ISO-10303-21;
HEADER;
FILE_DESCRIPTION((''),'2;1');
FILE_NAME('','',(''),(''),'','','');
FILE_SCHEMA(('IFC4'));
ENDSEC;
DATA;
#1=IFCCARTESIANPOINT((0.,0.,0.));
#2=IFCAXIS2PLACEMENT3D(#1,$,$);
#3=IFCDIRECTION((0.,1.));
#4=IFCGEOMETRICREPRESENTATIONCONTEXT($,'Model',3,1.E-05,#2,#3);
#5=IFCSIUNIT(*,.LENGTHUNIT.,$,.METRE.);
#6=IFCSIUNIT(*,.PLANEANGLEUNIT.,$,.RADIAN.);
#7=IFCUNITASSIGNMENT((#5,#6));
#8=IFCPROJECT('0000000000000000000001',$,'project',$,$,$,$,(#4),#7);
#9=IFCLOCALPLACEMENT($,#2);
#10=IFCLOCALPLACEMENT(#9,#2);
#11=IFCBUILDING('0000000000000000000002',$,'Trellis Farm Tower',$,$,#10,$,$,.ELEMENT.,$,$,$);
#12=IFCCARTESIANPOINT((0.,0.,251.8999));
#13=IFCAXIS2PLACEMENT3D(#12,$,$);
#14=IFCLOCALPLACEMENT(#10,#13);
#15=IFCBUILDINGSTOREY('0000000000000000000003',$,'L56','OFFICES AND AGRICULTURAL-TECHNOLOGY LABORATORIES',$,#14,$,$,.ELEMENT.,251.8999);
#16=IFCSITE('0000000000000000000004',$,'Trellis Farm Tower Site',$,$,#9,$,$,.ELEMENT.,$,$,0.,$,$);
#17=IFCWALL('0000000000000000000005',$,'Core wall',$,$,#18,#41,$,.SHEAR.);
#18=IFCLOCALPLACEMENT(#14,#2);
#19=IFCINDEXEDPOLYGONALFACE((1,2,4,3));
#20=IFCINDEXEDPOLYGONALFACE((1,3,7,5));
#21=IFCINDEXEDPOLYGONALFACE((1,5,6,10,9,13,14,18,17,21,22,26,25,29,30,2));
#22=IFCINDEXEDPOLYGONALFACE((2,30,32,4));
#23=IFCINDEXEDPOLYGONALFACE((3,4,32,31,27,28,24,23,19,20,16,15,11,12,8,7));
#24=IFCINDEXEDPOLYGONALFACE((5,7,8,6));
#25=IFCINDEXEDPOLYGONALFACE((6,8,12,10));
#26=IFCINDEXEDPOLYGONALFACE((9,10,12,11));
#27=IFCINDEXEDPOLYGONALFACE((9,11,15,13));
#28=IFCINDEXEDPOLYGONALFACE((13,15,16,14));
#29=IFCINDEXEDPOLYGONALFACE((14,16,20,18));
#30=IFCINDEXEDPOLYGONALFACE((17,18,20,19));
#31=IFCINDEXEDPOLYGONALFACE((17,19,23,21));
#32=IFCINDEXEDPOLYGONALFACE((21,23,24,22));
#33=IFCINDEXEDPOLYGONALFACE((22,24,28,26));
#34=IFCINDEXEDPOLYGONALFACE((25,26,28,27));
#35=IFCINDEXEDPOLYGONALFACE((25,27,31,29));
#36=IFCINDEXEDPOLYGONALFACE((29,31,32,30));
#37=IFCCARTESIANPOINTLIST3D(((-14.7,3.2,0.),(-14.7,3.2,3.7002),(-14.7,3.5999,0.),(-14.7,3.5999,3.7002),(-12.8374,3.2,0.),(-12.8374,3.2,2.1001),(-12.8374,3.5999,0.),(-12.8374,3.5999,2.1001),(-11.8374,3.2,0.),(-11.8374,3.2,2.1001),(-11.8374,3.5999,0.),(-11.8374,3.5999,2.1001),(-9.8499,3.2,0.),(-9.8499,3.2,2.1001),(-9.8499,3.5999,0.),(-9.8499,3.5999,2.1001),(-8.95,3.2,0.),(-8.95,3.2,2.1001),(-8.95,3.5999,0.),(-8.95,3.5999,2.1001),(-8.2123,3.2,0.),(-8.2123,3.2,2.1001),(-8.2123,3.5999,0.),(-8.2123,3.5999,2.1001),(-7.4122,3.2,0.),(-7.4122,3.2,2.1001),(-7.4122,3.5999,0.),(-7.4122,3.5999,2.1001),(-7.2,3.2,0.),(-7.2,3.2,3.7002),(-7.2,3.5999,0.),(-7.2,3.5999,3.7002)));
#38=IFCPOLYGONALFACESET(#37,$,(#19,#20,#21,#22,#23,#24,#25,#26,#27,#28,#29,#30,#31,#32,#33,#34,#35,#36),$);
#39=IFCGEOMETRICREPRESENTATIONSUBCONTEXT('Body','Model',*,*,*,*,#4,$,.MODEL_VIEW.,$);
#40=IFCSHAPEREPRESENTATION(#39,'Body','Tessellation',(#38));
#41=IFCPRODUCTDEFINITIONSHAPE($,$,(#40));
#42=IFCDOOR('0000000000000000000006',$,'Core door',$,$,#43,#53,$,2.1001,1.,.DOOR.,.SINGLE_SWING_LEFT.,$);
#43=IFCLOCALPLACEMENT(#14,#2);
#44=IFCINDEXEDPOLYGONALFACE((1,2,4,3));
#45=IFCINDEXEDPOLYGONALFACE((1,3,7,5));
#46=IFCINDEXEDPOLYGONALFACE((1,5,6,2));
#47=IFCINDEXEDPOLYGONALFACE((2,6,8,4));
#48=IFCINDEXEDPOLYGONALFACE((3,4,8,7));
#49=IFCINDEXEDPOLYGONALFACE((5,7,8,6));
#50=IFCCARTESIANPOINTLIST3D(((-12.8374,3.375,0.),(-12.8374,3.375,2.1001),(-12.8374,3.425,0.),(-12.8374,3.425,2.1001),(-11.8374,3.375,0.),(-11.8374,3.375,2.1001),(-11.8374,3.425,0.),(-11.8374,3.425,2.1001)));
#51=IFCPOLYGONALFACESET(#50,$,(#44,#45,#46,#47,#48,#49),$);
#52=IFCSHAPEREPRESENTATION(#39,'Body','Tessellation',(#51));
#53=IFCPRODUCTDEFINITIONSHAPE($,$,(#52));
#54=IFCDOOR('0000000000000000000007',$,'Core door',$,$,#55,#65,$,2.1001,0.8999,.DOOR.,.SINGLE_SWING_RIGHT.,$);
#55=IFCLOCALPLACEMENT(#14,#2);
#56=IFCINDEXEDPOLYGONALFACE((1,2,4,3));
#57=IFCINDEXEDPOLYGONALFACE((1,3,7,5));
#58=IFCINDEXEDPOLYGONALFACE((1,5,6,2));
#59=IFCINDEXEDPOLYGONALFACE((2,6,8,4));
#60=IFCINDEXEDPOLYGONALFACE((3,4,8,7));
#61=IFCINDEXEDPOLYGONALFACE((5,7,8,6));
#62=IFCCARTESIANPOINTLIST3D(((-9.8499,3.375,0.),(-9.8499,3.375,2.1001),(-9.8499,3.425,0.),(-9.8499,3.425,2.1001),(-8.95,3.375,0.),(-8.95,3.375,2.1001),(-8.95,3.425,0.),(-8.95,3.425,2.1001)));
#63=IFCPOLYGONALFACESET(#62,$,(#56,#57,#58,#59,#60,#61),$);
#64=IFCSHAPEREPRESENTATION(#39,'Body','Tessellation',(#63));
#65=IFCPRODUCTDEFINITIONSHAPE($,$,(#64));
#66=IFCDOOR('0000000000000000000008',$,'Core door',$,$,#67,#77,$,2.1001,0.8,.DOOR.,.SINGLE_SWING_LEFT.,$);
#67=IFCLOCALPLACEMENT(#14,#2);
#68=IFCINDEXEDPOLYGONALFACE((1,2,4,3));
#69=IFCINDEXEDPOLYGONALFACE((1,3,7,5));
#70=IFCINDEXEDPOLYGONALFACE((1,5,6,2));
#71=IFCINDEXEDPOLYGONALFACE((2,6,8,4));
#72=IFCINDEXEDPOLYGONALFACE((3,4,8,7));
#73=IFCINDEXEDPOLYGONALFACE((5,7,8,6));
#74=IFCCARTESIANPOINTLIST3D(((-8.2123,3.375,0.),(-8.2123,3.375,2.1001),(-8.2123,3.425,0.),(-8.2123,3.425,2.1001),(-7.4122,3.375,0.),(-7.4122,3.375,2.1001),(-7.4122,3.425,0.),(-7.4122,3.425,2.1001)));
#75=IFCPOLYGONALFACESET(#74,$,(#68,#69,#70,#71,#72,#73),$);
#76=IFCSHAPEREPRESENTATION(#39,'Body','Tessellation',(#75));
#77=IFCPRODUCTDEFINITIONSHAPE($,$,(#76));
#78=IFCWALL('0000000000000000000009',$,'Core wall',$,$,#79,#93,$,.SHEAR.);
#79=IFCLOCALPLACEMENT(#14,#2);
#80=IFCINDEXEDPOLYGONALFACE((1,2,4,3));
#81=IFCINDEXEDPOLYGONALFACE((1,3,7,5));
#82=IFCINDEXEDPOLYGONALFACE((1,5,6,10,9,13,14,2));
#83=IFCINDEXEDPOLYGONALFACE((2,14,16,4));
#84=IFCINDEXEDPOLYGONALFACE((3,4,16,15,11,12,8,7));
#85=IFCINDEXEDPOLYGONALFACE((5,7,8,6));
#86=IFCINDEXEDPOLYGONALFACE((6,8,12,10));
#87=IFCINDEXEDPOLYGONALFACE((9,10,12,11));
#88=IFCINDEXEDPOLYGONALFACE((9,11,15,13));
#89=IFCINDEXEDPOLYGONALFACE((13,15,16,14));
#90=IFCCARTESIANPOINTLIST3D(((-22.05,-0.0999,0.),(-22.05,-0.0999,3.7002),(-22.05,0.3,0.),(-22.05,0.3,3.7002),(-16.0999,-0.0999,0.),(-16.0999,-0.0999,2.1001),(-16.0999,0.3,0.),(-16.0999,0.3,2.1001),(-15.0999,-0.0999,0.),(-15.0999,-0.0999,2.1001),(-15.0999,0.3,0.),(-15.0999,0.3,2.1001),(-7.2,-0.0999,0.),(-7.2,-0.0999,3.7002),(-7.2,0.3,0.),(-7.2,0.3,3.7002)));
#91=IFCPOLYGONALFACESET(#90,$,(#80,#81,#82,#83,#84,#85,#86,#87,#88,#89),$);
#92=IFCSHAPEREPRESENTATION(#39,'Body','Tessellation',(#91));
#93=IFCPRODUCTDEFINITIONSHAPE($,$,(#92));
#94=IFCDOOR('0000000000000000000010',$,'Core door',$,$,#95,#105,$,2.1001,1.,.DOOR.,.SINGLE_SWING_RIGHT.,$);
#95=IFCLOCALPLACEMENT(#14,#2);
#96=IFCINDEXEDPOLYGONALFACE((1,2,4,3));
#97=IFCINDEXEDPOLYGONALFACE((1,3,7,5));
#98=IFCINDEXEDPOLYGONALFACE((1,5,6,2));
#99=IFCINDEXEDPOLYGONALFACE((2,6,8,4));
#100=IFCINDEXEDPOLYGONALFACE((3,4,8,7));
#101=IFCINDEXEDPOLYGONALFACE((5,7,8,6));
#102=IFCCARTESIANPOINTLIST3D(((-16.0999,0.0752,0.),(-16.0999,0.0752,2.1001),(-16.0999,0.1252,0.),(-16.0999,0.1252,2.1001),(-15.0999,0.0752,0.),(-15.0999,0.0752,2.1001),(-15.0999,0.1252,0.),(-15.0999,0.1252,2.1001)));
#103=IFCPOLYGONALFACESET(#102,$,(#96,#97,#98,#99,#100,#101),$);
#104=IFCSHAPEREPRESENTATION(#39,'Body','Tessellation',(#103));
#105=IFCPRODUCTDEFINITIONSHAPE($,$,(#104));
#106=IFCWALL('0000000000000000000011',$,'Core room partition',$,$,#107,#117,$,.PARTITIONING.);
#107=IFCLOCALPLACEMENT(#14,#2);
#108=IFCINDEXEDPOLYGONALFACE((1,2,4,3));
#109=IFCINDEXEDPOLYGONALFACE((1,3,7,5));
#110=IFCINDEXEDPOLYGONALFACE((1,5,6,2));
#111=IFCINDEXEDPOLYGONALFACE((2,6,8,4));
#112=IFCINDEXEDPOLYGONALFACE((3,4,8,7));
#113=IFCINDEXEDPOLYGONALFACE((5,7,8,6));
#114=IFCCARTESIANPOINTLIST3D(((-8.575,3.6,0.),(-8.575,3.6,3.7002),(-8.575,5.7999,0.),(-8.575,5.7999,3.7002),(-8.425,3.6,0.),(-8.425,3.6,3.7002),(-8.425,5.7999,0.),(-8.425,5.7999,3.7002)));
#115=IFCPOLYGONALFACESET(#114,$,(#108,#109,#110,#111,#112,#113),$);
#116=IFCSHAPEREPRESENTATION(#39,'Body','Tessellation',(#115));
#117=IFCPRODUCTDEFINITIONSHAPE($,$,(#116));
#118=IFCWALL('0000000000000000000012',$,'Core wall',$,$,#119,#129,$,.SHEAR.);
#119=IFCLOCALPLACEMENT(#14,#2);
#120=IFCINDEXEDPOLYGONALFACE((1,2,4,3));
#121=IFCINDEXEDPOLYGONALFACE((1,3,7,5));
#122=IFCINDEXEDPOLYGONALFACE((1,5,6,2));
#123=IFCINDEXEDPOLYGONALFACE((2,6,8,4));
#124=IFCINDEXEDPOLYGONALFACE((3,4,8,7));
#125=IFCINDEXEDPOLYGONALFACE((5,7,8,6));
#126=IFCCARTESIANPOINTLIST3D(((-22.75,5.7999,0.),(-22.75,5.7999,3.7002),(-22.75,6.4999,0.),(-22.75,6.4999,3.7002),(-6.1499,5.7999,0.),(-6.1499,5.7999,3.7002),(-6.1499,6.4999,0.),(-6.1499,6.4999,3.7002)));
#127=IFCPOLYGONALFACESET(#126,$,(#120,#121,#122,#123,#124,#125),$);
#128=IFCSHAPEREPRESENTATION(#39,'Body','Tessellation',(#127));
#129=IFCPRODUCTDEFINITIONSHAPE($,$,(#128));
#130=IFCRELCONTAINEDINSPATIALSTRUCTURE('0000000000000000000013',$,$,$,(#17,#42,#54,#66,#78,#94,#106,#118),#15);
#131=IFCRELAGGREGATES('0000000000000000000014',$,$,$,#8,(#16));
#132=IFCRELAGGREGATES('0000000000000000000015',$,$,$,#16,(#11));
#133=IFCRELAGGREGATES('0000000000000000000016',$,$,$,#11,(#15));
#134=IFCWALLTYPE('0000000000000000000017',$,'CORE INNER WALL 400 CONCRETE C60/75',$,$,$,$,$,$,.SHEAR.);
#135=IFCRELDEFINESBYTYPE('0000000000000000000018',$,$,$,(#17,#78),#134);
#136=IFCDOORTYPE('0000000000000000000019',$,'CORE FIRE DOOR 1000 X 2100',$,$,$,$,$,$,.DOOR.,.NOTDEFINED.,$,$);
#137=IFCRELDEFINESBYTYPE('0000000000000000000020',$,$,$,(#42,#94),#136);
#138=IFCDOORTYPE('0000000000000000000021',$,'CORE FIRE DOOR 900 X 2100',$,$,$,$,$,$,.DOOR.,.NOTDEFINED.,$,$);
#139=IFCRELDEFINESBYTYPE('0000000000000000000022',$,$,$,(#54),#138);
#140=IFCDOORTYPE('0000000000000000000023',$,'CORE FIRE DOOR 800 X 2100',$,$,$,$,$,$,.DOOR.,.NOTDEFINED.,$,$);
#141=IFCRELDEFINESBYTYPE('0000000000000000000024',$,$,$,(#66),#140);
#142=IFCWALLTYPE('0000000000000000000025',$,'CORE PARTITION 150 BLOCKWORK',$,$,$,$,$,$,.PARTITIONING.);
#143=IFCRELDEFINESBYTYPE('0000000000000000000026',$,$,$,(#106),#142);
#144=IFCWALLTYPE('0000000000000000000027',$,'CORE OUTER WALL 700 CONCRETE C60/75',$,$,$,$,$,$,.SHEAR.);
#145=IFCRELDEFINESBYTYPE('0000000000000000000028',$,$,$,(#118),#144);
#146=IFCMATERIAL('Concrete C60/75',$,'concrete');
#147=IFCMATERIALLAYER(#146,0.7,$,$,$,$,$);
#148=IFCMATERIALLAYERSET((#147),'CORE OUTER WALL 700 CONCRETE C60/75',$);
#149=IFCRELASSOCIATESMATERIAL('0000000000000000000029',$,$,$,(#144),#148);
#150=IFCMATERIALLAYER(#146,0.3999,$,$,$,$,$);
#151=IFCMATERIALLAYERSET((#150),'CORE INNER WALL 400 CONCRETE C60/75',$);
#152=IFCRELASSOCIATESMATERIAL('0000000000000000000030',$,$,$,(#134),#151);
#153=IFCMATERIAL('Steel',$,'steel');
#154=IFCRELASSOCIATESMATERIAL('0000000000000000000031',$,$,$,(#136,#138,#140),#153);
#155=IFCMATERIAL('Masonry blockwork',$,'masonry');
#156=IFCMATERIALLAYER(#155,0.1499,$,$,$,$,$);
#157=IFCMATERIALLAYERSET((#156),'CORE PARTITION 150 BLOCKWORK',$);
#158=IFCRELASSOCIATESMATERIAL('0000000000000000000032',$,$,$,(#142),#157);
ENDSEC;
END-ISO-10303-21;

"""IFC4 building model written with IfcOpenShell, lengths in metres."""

from ifc_helpers import new_model, si_unit, direction, frame, frame_2d, origin, place, context, subcontext, project, spatial, rectangle, extrude, source, transform, mapped, material, layer, layer_set, type_object, element, fill, save


model = new_model("IFC4")

# Units and contexts
model_context = context("Model", 3, precision=1e-05, world=origin(), true_north=direction((0.0, 1.0)))
body_context = subcontext(model_context, "Body", "Model", "MODEL_VIEW")
ifc_project = project(units=[si_unit("LENGTHUNIT", "METRE"), si_unit("PLANEANGLEUNIT", "RADIAN")], contexts=[model_context])

# Site, building, storey
site_placement = place(None, origin())
site = spatial("IfcSite", under=ifc_project, at=site_placement, Name="Trellis Farm Tower Site", CompositionType="ELEMENT", RefElevation=0.0)
building_placement = place(site_placement, origin())
building = spatial("IfcBuilding", under=site, at=building_placement, Name="Trellis Farm Tower", CompositionType="ELEMENT")
storey_placement = place(building_placement, frame((0.0, 0.0, 251.8999)))
storey = spatial("IfcBuildingStorey", under=building, at=storey_placement, Name="L56", Description="OFFICES AND AGRICULTURAL-TECHNOLOGY LABORATORIES", CompositionType="ELEMENT", Elevation=251.8999)

# Shared definitions
ifc_material_1 = material(Name="Concrete C60/75", Category="concrete")

# Shared definitions
ifc_layer_1 = layer(ifc_material_1, 0.7)
ifc_layer_set_1 = layer_set([ifc_layer_1], Name="CORE OUTER WALL 700 CONCRETE C60/75")
wall_type_1 = type_object("IfcWallType", Name="CORE OUTER WALL 700 CONCRETE C60/75", PredefinedType="SHEAR", material=ifc_layer_set_1)
ifc_material_2 = material(Name="Steel", Category="steel")

# Wall, openings, doors
ifc_layer_2 = layer(ifc_material_1, 0.3999)
ifc_layer_set_2 = layer_set([ifc_layer_2], Name="CORE INNER WALL 400 CONCRETE C60/75")
wall_type_2 = type_object("IfcWallType", Name="CORE INNER WALL 400 CONCRETE C60/75", PredefinedType="SHEAR", material=ifc_layer_set_2)
shared_shape_1 = source(origin(), body_context, "Body", "SweptSolid", [
    extrude(rectangle(XDim=7.5, YDim=0.3999, at=frame_2d((3.75, 0.0))), origin(), (0.0, 0.0, 1.0), 3.7002),
])
wall_1_placement = place(storey_placement, frame((-7.2, 3.3999, 0.0), z_axis=(0.0, 0.0, 1.0), x_axis=(-1.0, 0.0, 0.0)))
wall_1 = element("IfcWall", 1, at=wall_1_placement, inside=storey, type_object=wall_type_2, Name="Core wall", PredefinedType="SHEAR", context=body_context, shape_type="MappedRepresentation", body=[
    mapped(shared_shape_1, transform((0.0, 0.0, 0.0))),
])
shared_shape_2 = source(origin(), body_context, "Body", "SweptSolid", [
    extrude(rectangle(XDim=0.8, YDim=2.1001, at=frame_2d((0.3999, 1.05))), frame((0.0, 0.21, 0.0), z_axis=(0.0, -1.0, 0.0), x_axis=(1.0, 0.0, 0.0)), (0.0, 0.0, 1.0), 0.4199),
])
opening_1_placement = place(wall_1_placement, frame((0.2124, 0.0, 0.0)))
opening_1 = element("IfcOpeningElement", 2, at=opening_1_placement, cuts=wall_1, PredefinedType="OPENING", context=body_context, shape_type="MappedRepresentation", body=[
    mapped(shared_shape_2, transform((0.0, 0.0, 0.0))),
])
shared_shape_3 = source(origin(), body_context, "Body", "SweptSolid", [
    extrude(rectangle(XDim=0.8999, YDim=2.1001, at=frame_2d((0.45, 1.05))), frame((0.0, 0.21, 0.0), z_axis=(0.0, -1.0, 0.0), x_axis=(1.0, 0.0, 0.0)), (0.0, 0.0, 1.0), 0.4199),
])
opening_2_placement = place(wall_1_placement, frame((1.75, 0.0, 0.0)))
opening_2 = element("IfcOpeningElement", 3, at=opening_2_placement, cuts=wall_1, PredefinedType="OPENING", context=body_context, shape_type="MappedRepresentation", body=[
    mapped(shared_shape_3, transform((0.0, 0.0, 0.0))),
])
shared_shape_4 = source(origin(), body_context, "Body", "SweptSolid", [
    extrude(rectangle(XDim=1.0, YDim=2.1001, at=frame_2d((0.5, 1.05))), frame((0.0, 0.21, 0.0), z_axis=(0.0, -1.0, 0.0), x_axis=(1.0, 0.0, 0.0)), (0.0, 0.0, 1.0), 0.4199),
])
opening_3_placement = place(wall_1_placement, frame((4.6375, 0.0, 0.0)))
opening_3 = element("IfcOpeningElement", 4, at=opening_3_placement, cuts=wall_1, PredefinedType="OPENING", context=body_context, shape_type="MappedRepresentation", body=[
    mapped(shared_shape_4, transform((0.0, 0.0, 0.0))),
])
door_type_1 = type_object("IfcDoorType", Name="CORE FIRE DOOR 1000 X 2100", OperationType="NOTDEFINED", PredefinedType="DOOR", material=ifc_material_2)
shared_shape_5 = source(origin(), body_context, "Body", "SweptSolid", [
    extrude(rectangle(XDim=1.0, YDim=2.1001, at=frame_2d((0.5, 1.05))), frame((0.0, 0.0249, 0.0), z_axis=(0.0, -1.0, 0.0), x_axis=(1.0, 0.0, 0.0)), (0.0, 0.0, 1.0), 0.05),
])
door_1_placement = place(opening_3_placement, origin())
door_1 = element("IfcDoor", 5, at=door_1_placement, inside=storey, type_object=door_type_1, Name="Core door", OperationType="SINGLE_SWING_LEFT", OverallHeight=2.1001, OverallWidth=1.0, PredefinedType="DOOR", context=body_context, shape_type="MappedRepresentation", body=[
    mapped(shared_shape_5, transform((0.0, 0.0, 0.0))),
])
fill(opening_3, door_1)
door_type_2 = type_object("IfcDoorType", Name="CORE FIRE DOOR 900 X 2100", OperationType="NOTDEFINED", PredefinedType="DOOR", material=ifc_material_2)
shared_shape_6 = source(origin(), body_context, "Body", "SweptSolid", [
    extrude(rectangle(XDim=0.8999, YDim=2.1001, at=frame_2d((0.45, 1.05))), frame((0.0, 0.0249, 0.0), z_axis=(0.0, -1.0, 0.0), x_axis=(1.0, 0.0, 0.0)), (0.0, 0.0, 1.0), 0.05),
])
door_2_placement = place(opening_2_placement, origin())
door_2 = element("IfcDoor", 6, at=door_2_placement, inside=storey, type_object=door_type_2, Name="Core door", OperationType="SINGLE_SWING_RIGHT", OverallHeight=2.1001, OverallWidth=0.8999, PredefinedType="DOOR", context=body_context, shape_type="MappedRepresentation", body=[
    mapped(shared_shape_6, transform((0.0, 0.0, 0.0))),
])
fill(opening_2, door_2)
door_type_3 = type_object("IfcDoorType", Name="CORE FIRE DOOR 800 X 2100", OperationType="NOTDEFINED", PredefinedType="DOOR", material=ifc_material_2)
shared_shape_7 = source(origin(), body_context, "Body", "SweptSolid", [
    extrude(rectangle(XDim=0.8, YDim=2.1001, at=frame_2d((0.3999, 1.05))), frame((0.0, 0.0249, 0.0), z_axis=(0.0, -1.0, 0.0), x_axis=(1.0, 0.0, 0.0)), (0.0, 0.0, 1.0), 0.05),
])
door_3_placement = place(opening_1_placement, origin())
door_3 = element("IfcDoor", 7, at=door_3_placement, inside=storey, type_object=door_type_3, Name="Core door", OperationType="SINGLE_SWING_LEFT", OverallHeight=2.1001, OverallWidth=0.8, PredefinedType="DOOR", context=body_context, shape_type="MappedRepresentation", body=[
    mapped(shared_shape_7, transform((0.0, 0.0, 0.0))),
])
fill(opening_1, door_3)

# Wall, opening, door
shared_shape_8 = source(origin(), body_context, "Body", "SweptSolid", [
    extrude(rectangle(XDim=14.8501, YDim=0.3999, at=frame_2d((7.425, 0.0))), origin(), (0.0, 0.0, 1.0), 3.7002),
])
wall_2_placement = place(storey_placement, frame((-7.2, 0.1001, 0.0), z_axis=(0.0, 0.0, 1.0), x_axis=(-1.0, 0.0, 0.0)))
wall_2 = element("IfcWall", 8, at=wall_2_placement, inside=storey, type_object=wall_type_2, Name="Core wall", PredefinedType="SHEAR", context=body_context, shape_type="MappedRepresentation", body=[
    mapped(shared_shape_8, transform((0.0, 0.0, 0.0))),
])
opening_4_placement = place(wall_2_placement, frame((7.8999, 0.0, 0.0)))
opening_4 = element("IfcOpeningElement", 9, at=opening_4_placement, cuts=wall_2, PredefinedType="OPENING", context=body_context, shape_type="MappedRepresentation", body=[
    mapped(shared_shape_4, transform((0.0, 0.0, 0.0))),
])
door_4_placement = place(opening_4_placement, origin())
door_4 = element("IfcDoor", 10, at=door_4_placement, inside=storey, type_object=door_type_1, Name="Core door", OperationType="SINGLE_SWING_RIGHT", OverallHeight=2.1001, OverallWidth=1.0, PredefinedType="DOOR", context=body_context, shape_type="MappedRepresentation", body=[
    mapped(shared_shape_5, transform((0.0, 0.0, 0.0))),
])
fill(opening_4, door_4)

# Walls
ifc_material_3 = material(Name="Masonry blockwork", Category="masonry")
ifc_layer_3 = layer(ifc_material_3, 0.1499)
ifc_layer_set_3 = layer_set([ifc_layer_3], Name="CORE PARTITION 150 BLOCKWORK")
wall_type_3 = type_object("IfcWallType", Name="CORE PARTITION 150 BLOCKWORK", PredefinedType="PARTITIONING", material=ifc_layer_set_3)
shared_shape_9 = source(origin(), body_context, "Body", "SweptSolid", [
    extrude(rectangle(XDim=2.2, YDim=0.1499, at=frame_2d((1.1001, 0.0))), origin(), (0.0, 0.0, 1.0), 3.7002),
])
wall_3_placement = place(storey_placement, frame((-8.5, 5.8, 0.0), z_axis=(0.0, 0.0, 1.0), x_axis=(0.0, -1.0, 0.0)))
element("IfcWall", 11, at=wall_3_placement, inside=storey, type_object=wall_type_3, Name="Core room partition", PredefinedType="PARTITIONING", context=body_context, shape_type="MappedRepresentation", body=[
    mapped(shared_shape_9, transform((0.0, 0.0, 0.0))),
])
shared_shape_10 = source(origin(), body_context, "Body", "SweptSolid", [
    extrude(rectangle(XDim=16.6001, YDim=0.7, at=frame_2d((8.3, 0.0))), origin(), (0.0, 0.0, 1.0), 3.7002),
])
wall_4_placement = place(storey_placement, frame((-6.1499, 6.1499, 0.0), z_axis=(0.0, 0.0, 1.0), x_axis=(-1.0, 0.0, 0.0)))
element("IfcWall", 12, at=wall_4_placement, inside=storey, type_object=wall_type_1, Name="Core wall", PredefinedType="SHEAR", context=body_context, shape_type="MappedRepresentation", body=[
    mapped(shared_shape_10, transform((0.0, 0.0, 0.0))),
])

save(model, "model.ifc")
